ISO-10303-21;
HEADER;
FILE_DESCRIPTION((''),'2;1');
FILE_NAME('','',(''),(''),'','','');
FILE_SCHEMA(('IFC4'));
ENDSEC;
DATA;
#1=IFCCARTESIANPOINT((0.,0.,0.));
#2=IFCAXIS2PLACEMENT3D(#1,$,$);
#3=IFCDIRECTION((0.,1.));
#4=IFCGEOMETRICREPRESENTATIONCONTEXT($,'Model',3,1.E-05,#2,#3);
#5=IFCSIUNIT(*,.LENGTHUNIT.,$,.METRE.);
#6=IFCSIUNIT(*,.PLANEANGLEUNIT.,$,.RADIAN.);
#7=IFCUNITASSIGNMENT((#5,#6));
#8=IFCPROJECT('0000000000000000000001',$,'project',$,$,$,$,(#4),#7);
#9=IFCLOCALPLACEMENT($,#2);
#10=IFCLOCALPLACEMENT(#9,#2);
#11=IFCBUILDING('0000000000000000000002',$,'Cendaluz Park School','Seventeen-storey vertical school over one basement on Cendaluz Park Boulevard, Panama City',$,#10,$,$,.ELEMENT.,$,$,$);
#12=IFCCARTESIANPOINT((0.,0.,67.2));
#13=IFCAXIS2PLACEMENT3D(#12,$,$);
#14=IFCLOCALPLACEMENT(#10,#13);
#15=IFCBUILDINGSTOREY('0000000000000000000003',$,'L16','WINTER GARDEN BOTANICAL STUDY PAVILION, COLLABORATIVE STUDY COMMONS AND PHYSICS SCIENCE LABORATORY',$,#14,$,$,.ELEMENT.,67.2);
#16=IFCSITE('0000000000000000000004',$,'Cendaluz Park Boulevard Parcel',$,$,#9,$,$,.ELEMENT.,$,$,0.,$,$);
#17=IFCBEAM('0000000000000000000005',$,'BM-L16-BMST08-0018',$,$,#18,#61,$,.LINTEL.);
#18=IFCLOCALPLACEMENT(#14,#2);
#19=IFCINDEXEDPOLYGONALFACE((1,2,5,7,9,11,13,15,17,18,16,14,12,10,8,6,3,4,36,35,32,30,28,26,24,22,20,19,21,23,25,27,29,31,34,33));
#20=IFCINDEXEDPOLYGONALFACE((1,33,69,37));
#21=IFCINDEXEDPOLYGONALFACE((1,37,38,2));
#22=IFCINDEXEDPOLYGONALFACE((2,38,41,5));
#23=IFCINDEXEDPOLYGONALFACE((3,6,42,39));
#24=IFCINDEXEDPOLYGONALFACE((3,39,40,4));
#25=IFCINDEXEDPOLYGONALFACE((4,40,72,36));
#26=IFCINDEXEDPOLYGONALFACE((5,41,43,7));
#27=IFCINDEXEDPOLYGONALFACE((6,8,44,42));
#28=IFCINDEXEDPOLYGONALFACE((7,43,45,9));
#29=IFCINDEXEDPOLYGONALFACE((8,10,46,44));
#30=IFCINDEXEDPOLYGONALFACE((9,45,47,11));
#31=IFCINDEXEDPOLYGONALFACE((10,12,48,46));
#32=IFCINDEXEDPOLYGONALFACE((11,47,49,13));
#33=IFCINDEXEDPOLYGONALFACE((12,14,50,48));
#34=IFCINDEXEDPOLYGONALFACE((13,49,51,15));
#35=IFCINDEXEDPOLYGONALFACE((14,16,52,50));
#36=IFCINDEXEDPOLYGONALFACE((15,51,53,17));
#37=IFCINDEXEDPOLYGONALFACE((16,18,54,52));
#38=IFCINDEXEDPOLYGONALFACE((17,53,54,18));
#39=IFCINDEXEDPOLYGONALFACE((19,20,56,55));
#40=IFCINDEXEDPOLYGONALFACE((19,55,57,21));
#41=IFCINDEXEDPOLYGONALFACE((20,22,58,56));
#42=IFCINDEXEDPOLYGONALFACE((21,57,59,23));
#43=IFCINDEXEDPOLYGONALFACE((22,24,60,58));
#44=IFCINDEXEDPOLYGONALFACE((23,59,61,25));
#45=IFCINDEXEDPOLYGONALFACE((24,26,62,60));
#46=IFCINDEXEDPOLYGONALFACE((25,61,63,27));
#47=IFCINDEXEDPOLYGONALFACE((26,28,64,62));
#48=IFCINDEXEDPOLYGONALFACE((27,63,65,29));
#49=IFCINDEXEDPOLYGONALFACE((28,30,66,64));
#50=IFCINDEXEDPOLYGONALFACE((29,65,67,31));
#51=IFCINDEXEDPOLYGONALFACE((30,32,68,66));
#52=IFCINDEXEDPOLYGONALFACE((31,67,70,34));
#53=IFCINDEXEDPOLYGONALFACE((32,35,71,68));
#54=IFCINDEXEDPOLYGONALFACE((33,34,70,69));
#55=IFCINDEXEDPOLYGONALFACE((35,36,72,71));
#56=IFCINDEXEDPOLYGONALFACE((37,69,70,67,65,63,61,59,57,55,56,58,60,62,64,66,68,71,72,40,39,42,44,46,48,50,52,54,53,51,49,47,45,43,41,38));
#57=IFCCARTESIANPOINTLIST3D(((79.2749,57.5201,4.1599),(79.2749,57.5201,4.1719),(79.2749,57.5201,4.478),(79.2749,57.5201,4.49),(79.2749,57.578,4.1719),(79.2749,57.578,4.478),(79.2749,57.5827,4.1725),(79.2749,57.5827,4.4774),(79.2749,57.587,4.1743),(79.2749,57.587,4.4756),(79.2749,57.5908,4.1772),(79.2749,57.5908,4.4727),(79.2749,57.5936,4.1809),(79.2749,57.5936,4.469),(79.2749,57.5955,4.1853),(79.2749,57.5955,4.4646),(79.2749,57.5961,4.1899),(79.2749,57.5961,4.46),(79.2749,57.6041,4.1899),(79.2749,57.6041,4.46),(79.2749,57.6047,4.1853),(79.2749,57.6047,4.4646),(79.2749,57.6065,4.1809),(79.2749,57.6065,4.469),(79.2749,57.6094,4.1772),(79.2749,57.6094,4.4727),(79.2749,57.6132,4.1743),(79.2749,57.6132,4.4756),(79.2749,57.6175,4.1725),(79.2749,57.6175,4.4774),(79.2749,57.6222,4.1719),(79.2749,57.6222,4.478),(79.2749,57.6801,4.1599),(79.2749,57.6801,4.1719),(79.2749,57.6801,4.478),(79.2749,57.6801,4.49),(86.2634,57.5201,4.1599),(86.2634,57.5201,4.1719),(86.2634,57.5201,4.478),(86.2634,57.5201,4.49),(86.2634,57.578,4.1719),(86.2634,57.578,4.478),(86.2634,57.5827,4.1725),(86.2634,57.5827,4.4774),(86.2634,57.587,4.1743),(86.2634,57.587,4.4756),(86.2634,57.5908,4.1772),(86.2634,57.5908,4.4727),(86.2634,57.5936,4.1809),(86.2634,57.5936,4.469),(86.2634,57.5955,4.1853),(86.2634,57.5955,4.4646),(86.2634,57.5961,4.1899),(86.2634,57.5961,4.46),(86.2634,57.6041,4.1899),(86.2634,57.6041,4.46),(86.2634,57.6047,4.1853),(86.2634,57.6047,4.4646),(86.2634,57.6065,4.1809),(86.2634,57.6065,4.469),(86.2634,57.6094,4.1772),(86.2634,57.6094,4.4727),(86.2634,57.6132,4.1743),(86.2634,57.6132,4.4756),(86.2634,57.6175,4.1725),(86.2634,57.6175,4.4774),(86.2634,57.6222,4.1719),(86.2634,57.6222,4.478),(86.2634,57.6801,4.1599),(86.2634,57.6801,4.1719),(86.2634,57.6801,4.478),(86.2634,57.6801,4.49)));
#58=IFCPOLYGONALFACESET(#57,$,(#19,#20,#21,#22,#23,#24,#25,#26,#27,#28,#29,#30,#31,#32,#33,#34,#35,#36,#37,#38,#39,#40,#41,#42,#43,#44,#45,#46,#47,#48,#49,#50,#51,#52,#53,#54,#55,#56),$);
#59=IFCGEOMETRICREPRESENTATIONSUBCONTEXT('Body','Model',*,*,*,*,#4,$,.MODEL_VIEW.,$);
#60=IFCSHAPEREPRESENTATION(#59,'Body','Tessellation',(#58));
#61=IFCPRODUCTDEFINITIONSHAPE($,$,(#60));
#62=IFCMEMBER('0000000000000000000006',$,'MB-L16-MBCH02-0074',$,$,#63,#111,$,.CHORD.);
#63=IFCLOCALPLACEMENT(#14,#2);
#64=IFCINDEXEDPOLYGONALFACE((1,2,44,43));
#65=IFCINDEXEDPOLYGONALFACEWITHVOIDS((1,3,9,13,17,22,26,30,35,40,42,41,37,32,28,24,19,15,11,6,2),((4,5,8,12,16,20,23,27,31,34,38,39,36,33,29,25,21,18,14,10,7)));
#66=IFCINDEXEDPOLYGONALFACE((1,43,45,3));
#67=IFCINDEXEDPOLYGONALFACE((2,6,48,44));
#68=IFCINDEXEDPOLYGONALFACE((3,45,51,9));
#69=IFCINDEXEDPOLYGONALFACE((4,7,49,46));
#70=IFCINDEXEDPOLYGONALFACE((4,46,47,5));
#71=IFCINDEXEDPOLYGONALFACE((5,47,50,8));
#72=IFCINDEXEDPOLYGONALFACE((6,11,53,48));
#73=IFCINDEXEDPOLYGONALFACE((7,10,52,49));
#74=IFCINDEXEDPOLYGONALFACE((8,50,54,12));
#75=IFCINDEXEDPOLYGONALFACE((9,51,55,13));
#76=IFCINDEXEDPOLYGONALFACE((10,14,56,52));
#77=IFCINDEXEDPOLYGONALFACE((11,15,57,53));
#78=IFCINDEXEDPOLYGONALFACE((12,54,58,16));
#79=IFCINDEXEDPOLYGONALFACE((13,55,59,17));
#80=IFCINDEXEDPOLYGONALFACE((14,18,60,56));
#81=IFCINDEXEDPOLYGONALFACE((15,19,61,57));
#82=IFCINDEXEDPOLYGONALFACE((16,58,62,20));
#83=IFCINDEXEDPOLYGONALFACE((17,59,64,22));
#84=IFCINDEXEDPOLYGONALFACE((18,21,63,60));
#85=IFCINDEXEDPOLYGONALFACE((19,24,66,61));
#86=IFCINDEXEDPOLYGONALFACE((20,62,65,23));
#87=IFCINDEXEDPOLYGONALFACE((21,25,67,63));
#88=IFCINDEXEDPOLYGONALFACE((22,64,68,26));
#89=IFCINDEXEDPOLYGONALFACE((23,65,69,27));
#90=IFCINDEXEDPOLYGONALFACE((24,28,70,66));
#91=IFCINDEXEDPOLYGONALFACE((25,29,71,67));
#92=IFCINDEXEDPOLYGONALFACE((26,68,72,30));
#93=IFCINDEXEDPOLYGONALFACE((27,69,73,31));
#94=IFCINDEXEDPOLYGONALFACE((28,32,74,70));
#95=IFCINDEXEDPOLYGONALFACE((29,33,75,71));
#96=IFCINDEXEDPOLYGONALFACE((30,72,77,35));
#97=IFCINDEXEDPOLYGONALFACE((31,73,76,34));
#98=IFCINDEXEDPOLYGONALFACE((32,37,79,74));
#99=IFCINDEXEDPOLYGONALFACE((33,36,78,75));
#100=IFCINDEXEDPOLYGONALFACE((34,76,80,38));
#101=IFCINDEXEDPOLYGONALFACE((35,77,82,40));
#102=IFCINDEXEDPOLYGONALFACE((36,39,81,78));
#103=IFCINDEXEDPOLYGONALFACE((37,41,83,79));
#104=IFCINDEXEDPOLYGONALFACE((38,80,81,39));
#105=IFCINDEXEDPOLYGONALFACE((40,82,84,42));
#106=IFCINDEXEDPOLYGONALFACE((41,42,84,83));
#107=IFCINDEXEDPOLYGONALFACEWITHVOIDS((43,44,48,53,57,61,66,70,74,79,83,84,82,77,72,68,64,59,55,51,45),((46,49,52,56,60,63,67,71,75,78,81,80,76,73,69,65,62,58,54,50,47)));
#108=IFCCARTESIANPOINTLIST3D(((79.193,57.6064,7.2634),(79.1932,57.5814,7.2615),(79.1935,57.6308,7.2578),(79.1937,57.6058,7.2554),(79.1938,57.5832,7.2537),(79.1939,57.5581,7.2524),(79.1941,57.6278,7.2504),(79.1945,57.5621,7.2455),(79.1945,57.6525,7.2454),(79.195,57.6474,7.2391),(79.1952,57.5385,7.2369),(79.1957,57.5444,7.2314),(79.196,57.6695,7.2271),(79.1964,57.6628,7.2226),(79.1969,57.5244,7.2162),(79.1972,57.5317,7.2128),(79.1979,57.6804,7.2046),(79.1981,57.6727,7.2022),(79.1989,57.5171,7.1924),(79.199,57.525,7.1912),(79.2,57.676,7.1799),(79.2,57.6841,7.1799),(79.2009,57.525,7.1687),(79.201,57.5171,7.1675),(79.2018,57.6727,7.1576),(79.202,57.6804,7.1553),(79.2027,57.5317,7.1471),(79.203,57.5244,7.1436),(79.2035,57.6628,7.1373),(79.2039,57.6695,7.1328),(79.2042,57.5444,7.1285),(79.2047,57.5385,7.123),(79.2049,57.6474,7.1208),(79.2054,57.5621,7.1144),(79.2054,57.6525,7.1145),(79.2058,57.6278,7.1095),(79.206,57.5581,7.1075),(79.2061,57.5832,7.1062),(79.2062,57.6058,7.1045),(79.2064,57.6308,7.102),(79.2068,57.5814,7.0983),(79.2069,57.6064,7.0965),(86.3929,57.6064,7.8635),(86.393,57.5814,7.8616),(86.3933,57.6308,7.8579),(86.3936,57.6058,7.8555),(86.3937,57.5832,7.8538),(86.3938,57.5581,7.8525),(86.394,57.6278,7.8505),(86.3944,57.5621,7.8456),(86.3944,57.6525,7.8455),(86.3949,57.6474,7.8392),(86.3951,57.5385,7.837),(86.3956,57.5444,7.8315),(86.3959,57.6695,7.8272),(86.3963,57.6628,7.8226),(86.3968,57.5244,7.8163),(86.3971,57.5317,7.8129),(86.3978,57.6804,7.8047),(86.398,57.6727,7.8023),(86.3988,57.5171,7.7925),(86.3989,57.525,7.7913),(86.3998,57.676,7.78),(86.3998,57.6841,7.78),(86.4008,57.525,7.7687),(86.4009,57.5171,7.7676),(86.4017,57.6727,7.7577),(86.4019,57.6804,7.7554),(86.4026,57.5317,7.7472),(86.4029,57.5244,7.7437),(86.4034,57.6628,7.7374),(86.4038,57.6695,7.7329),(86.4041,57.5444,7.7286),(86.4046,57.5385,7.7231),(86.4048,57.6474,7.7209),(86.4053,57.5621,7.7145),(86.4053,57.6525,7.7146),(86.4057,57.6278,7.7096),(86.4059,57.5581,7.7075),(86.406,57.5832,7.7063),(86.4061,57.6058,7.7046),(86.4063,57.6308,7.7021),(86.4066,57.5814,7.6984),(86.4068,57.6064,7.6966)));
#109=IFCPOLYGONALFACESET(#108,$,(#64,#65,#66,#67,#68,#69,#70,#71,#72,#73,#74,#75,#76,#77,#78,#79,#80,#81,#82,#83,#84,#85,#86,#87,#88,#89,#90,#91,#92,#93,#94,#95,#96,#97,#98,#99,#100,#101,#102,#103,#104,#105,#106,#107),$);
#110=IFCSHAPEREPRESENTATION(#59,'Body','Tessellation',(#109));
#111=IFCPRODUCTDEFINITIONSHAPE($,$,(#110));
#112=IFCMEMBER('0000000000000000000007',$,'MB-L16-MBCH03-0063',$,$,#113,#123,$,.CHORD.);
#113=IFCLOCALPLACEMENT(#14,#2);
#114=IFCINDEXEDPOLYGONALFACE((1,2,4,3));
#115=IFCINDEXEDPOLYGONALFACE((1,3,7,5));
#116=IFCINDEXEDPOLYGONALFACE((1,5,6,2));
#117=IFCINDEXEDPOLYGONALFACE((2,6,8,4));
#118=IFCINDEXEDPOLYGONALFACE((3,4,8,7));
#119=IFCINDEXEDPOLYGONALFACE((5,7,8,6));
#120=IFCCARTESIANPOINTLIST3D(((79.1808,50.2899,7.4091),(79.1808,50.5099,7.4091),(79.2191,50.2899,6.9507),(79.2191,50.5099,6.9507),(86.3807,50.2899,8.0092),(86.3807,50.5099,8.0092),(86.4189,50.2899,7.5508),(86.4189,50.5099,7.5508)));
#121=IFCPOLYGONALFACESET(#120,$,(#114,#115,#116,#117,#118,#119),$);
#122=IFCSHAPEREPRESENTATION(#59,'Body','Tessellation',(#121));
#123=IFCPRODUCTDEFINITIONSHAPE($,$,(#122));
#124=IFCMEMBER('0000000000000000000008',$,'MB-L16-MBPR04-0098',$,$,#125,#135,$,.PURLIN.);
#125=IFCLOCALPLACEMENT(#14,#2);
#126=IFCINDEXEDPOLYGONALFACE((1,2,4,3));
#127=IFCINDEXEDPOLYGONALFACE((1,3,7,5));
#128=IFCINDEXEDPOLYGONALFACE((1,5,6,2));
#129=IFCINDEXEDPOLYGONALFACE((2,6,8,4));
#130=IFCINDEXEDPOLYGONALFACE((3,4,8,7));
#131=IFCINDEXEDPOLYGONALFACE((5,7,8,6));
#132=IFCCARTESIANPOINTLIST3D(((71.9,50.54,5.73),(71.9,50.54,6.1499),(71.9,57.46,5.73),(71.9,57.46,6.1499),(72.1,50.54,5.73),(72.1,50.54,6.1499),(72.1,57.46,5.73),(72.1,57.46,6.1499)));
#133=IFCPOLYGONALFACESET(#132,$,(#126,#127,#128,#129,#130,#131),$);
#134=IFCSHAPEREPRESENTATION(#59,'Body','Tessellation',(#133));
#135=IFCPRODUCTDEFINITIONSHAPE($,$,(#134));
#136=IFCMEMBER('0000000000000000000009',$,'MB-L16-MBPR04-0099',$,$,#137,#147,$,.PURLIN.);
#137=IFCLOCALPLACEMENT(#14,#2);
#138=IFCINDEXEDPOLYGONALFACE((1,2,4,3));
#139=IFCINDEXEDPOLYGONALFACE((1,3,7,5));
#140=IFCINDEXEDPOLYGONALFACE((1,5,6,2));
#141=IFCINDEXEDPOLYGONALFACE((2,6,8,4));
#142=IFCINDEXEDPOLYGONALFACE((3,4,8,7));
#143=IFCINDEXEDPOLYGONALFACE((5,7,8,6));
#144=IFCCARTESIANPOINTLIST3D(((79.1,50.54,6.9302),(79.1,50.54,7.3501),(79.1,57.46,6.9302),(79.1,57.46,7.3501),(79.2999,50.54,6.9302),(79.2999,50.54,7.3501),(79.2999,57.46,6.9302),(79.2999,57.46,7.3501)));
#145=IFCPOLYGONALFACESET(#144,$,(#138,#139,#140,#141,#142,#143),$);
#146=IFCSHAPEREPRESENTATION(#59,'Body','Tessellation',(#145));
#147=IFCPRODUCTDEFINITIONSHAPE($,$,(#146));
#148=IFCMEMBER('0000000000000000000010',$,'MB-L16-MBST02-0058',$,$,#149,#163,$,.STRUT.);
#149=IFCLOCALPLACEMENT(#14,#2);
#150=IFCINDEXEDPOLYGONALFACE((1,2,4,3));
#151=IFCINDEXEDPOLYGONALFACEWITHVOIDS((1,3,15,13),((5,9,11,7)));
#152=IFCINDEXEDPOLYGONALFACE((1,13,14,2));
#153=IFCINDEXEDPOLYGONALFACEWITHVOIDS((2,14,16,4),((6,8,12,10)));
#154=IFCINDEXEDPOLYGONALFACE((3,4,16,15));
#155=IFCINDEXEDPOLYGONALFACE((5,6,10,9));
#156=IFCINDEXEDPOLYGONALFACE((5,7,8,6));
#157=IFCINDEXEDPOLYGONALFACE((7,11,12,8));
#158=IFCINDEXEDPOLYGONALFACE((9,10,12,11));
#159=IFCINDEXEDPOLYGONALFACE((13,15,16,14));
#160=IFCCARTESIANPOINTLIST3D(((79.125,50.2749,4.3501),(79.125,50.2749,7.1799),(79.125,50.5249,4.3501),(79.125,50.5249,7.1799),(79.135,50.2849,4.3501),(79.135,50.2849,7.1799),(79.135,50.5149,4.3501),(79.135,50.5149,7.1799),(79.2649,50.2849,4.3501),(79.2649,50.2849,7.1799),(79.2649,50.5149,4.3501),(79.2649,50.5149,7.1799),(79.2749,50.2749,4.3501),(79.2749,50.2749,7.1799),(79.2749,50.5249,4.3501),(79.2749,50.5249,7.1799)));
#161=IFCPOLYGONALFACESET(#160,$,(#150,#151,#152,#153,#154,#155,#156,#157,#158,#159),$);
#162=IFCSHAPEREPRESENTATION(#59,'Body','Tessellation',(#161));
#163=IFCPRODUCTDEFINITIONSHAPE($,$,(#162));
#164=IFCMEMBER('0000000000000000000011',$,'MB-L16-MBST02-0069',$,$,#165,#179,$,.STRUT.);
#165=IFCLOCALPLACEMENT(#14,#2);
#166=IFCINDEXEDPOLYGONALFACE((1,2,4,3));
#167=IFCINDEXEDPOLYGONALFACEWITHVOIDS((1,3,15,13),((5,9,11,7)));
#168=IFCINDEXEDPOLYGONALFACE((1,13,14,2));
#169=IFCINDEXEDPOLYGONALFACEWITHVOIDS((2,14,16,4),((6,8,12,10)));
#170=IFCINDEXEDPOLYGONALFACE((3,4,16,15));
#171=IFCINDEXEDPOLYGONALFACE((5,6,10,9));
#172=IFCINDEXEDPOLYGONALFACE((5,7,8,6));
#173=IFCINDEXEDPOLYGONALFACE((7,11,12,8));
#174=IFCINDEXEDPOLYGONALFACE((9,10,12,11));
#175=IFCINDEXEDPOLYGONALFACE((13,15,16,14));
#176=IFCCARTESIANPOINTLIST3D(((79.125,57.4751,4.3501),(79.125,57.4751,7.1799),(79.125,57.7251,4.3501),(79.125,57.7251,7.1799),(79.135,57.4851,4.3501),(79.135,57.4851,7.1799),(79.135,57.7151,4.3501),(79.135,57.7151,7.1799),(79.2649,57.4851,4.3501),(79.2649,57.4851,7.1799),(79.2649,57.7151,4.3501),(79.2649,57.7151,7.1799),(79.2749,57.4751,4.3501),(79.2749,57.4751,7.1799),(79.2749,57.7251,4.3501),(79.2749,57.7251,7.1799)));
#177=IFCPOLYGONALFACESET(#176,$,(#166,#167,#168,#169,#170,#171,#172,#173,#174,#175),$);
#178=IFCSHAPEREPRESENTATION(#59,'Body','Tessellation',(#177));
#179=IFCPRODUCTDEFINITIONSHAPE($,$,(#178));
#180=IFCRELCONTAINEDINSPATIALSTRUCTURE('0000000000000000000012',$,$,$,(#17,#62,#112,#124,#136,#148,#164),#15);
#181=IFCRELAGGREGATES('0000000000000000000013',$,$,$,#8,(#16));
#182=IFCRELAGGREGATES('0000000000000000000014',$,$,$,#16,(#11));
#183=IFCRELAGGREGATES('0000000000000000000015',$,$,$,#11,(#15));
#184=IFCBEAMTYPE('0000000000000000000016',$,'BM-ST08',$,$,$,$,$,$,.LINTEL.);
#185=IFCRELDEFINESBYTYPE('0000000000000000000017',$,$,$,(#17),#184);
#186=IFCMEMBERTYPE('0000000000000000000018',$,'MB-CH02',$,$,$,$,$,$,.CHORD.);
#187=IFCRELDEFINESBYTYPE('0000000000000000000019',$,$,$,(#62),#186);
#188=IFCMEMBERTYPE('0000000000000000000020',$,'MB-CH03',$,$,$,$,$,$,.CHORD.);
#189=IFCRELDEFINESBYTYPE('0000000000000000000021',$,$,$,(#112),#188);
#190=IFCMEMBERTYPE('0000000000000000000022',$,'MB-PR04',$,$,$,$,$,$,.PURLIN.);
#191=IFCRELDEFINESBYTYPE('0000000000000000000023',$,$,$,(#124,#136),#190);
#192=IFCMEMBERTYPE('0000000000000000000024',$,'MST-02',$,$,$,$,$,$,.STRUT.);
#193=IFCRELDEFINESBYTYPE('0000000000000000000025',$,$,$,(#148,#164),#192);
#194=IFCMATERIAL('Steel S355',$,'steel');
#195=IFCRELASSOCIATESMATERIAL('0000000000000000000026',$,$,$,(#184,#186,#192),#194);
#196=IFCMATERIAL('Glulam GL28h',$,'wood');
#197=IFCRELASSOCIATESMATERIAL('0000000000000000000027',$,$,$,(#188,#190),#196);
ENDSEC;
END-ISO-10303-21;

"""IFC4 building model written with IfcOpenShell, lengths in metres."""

from ifc_helpers import new_model, si_unit, direction, frame, origin, origin_2d, place, context, subcontext, project, spatial, rectangle, hollow_rectangle, hollow_circle, i_section, extrude, material, material_profile, profile_set, type_object, element, save


model = new_model("IFC4")

# Units and contexts
model_context = context("Model", 3, precision=1e-05, world=origin(), true_north=direction((0.0, 1.0)))
body_context = subcontext(model_context, "Body", "Model", "MODEL_VIEW")
ifc_project = project(units=[si_unit("LENGTHUNIT", "METRE"), si_unit("PLANEANGLEUNIT", "RADIAN")], contexts=[model_context])

# Site, building, storey
site_placement = place(None, origin())
site = spatial("IfcSite", under=ifc_project, at=site_placement, Name="Cendaluz Park Boulevard Parcel", CompositionType="ELEMENT", RefElevation=0.0)
building_placement = place(site_placement, origin())
building = spatial("IfcBuilding", under=site, at=building_placement, Name="Cendaluz Park School", Description="Seventeen-storey vertical school over one basement on Cendaluz Park Boulevard, Panama City", CompositionType="ELEMENT")
storey_placement = place(building_placement, frame((0.0, 0.0, 67.2)))
storey = spatial("IfcBuildingStorey", under=building, at=storey_placement, Name="L16", Description="WINTER GARDEN BOTANICAL STUDY PAVILION, COLLABORATIVE STUDY COMMONS AND PHYSICS SCIENCE LABORATORY", CompositionType="ELEMENT", Elevation=67.2)

# Shared definitions
ifc_material_1 = material(Name="Steel S355", Category="steel")

# Beam
ifc_material_profile_1 = material_profile(ifc_material_1, i_section(OverallWidth=0.1599, OverallDepth=0.3301, WebThickness=0.0081, FlangeThickness=0.012, FilletRadius=0.0181, at=origin_2d()), Name="IPE 330", Category="steel")
ifc_profile_set_1 = profile_set([ifc_material_profile_1], Name="Steel S355")
beam_type_1 = type_object("IfcBeamType", Name="BM-ST08", PredefinedType="LINTEL", material=ifc_profile_set_1)
for number, where, z_axis, x_axis, name in (
    (1, (79.2749, 57.6001, 4.325), (1.0, 0.0, 0.0), (0.0, 1.0, 0.0), "BM-L16-BMST08-0018"),
):
    element("IfcBeam", number, at=place(storey_placement, frame(where, z_axis=z_axis, x_axis=x_axis)), inside=storey, type_object=beam_type_1, Name=name, PredefinedType="LINTEL", context=body_context, shape_type="SweptSolid", body=[
        extrude(i_section(OverallWidth=0.1599, OverallDepth=0.3301, WebThickness=0.0081, FlangeThickness=0.012, FilletRadius=0.0181, at=origin_2d()), origin(), (0.0, 0.0, 1.0), 6.9885),
    ])

# Members
ifc_material_profile_2 = material_profile(ifc_material_1, hollow_circle(Radius=0.084, WallThickness=0.0081, at=origin_2d()), Name="CHS 168x8", Category="steel")
ifc_profile_set_2 = profile_set([ifc_material_profile_2], Name="Steel S355")
member_type_1 = type_object("IfcMemberType", Name="MB-CH02", PredefinedType="CHORD", material=ifc_profile_set_2)
member_1_placement = place(storey_placement, frame((79.2, 57.6001, 7.1799), z_axis=(0.996545, 0.0, 0.083059), x_axis=(0.0, 1.0, 0.0)))
element("IfcMember", 2, at=member_1_placement, inside=storey, type_object=member_type_1, Name="MB-L16-MBCH02-0074", PredefinedType="CHORD", context=body_context, shape_type="SweptSolid", body=[
    extrude(hollow_circle(Radius=0.084, WallThickness=0.0081, at=origin_2d()), origin(), (0.0, 0.0, 1.0), 7.2249),
])
ifc_material_2 = material(Name="Glulam GL28h", Category="wood")
ifc_material_profile_3 = material_profile(ifc_material_2, rectangle(XDim=0.22, YDim=0.46, at=origin_2d()), Name="GL28h 220x460", Category="wood")
ifc_profile_set_3 = profile_set([ifc_material_profile_3], Name="Glulam GL28h")
member_type_2 = type_object("IfcMemberType", Name="MB-CH03", PredefinedType="CHORD", material=ifc_profile_set_3)
member_2_placement = place(storey_placement, frame((79.2, 50.3999, 7.1799), z_axis=(0.996545, 0.0, 0.083059), x_axis=(0.0, 1.0, 0.0)))
element("IfcMember", 3, at=member_2_placement, inside=storey, type_object=member_type_2, Name="MB-L16-MBCH03-0063", PredefinedType="CHORD", context=body_context, shape_type="SweptSolid", body=[
    extrude(rectangle(XDim=0.22, YDim=0.46, at=origin_2d()), origin(), (0.0, 0.0, 1.0), 7.2249),
])
ifc_material_profile_4 = material_profile(ifc_material_2, rectangle(XDim=0.2, YDim=0.4199, at=origin_2d()), Name="GL28h 200x420", Category="wood")
ifc_profile_set_4 = profile_set([ifc_material_profile_4], Name="Glulam GL28h")
member_type_3 = type_object("IfcMemberType", Name="MB-PR04", PredefinedType="PURLIN", material=ifc_profile_set_4)
for number, where, z_axis, x_axis, name in (
    (4, (72.0, 50.54, 5.9399), (0.0, 1.0, 0.0), (-1.0, 0.0, 0.0), "MB-L16-MBPR04-0098"),
    (5, (79.2, 50.54, 7.1401), (0.0, 1.0, 0.0), (-1.0, 0.0, 0.0), "MB-L16-MBPR04-0099"),
):
    element("IfcMember", number, at=place(storey_placement, frame(where, z_axis=z_axis, x_axis=x_axis)), inside=storey, type_object=member_type_3, Name=name, PredefinedType="PURLIN", context=body_context, shape_type="SweptSolid", body=[
        extrude(rectangle(XDim=0.2, YDim=0.4199, at=origin_2d()), origin(), (0.0, 0.0, 1.0), 6.9199),
    ])
ifc_material_profile_5 = material_profile(ifc_material_1, hollow_rectangle(XDim=0.1499, YDim=0.25, WallThickness=0.01, at=origin_2d()), Name="RHS 250x150x10", Category="steel")
ifc_profile_set_5 = profile_set([ifc_material_profile_5], Name="Steel S355")
member_type_4 = type_object("IfcMemberType", Name="MST-02", PredefinedType="STRUT", material=ifc_profile_set_5)
for number, where, z_axis, x_axis, name in (
    (6, (79.2, 50.3999, 4.3501), (0.0, 0.0, 1.0), (1.0, 0.0, 0.0), "MB-L16-MBST02-0058"),
    (7, (79.2, 57.6001, 4.3501), (0.0, 0.0, 1.0), (1.0, 0.0, 0.0), "MB-L16-MBST02-0069"),
):
    element("IfcMember", number, at=place(storey_placement, frame(where, z_axis=z_axis, x_axis=x_axis)), inside=storey, type_object=member_type_4, Name=name, PredefinedType="STRUT", context=body_context, shape_type="SweptSolid", body=[
        extrude(hollow_rectangle(XDim=0.1499, YDim=0.25, WallThickness=0.01, at=origin_2d()), origin(), (0.0, 0.0, 1.0), 2.8298),
    ])

save(model, "model.ifc")
